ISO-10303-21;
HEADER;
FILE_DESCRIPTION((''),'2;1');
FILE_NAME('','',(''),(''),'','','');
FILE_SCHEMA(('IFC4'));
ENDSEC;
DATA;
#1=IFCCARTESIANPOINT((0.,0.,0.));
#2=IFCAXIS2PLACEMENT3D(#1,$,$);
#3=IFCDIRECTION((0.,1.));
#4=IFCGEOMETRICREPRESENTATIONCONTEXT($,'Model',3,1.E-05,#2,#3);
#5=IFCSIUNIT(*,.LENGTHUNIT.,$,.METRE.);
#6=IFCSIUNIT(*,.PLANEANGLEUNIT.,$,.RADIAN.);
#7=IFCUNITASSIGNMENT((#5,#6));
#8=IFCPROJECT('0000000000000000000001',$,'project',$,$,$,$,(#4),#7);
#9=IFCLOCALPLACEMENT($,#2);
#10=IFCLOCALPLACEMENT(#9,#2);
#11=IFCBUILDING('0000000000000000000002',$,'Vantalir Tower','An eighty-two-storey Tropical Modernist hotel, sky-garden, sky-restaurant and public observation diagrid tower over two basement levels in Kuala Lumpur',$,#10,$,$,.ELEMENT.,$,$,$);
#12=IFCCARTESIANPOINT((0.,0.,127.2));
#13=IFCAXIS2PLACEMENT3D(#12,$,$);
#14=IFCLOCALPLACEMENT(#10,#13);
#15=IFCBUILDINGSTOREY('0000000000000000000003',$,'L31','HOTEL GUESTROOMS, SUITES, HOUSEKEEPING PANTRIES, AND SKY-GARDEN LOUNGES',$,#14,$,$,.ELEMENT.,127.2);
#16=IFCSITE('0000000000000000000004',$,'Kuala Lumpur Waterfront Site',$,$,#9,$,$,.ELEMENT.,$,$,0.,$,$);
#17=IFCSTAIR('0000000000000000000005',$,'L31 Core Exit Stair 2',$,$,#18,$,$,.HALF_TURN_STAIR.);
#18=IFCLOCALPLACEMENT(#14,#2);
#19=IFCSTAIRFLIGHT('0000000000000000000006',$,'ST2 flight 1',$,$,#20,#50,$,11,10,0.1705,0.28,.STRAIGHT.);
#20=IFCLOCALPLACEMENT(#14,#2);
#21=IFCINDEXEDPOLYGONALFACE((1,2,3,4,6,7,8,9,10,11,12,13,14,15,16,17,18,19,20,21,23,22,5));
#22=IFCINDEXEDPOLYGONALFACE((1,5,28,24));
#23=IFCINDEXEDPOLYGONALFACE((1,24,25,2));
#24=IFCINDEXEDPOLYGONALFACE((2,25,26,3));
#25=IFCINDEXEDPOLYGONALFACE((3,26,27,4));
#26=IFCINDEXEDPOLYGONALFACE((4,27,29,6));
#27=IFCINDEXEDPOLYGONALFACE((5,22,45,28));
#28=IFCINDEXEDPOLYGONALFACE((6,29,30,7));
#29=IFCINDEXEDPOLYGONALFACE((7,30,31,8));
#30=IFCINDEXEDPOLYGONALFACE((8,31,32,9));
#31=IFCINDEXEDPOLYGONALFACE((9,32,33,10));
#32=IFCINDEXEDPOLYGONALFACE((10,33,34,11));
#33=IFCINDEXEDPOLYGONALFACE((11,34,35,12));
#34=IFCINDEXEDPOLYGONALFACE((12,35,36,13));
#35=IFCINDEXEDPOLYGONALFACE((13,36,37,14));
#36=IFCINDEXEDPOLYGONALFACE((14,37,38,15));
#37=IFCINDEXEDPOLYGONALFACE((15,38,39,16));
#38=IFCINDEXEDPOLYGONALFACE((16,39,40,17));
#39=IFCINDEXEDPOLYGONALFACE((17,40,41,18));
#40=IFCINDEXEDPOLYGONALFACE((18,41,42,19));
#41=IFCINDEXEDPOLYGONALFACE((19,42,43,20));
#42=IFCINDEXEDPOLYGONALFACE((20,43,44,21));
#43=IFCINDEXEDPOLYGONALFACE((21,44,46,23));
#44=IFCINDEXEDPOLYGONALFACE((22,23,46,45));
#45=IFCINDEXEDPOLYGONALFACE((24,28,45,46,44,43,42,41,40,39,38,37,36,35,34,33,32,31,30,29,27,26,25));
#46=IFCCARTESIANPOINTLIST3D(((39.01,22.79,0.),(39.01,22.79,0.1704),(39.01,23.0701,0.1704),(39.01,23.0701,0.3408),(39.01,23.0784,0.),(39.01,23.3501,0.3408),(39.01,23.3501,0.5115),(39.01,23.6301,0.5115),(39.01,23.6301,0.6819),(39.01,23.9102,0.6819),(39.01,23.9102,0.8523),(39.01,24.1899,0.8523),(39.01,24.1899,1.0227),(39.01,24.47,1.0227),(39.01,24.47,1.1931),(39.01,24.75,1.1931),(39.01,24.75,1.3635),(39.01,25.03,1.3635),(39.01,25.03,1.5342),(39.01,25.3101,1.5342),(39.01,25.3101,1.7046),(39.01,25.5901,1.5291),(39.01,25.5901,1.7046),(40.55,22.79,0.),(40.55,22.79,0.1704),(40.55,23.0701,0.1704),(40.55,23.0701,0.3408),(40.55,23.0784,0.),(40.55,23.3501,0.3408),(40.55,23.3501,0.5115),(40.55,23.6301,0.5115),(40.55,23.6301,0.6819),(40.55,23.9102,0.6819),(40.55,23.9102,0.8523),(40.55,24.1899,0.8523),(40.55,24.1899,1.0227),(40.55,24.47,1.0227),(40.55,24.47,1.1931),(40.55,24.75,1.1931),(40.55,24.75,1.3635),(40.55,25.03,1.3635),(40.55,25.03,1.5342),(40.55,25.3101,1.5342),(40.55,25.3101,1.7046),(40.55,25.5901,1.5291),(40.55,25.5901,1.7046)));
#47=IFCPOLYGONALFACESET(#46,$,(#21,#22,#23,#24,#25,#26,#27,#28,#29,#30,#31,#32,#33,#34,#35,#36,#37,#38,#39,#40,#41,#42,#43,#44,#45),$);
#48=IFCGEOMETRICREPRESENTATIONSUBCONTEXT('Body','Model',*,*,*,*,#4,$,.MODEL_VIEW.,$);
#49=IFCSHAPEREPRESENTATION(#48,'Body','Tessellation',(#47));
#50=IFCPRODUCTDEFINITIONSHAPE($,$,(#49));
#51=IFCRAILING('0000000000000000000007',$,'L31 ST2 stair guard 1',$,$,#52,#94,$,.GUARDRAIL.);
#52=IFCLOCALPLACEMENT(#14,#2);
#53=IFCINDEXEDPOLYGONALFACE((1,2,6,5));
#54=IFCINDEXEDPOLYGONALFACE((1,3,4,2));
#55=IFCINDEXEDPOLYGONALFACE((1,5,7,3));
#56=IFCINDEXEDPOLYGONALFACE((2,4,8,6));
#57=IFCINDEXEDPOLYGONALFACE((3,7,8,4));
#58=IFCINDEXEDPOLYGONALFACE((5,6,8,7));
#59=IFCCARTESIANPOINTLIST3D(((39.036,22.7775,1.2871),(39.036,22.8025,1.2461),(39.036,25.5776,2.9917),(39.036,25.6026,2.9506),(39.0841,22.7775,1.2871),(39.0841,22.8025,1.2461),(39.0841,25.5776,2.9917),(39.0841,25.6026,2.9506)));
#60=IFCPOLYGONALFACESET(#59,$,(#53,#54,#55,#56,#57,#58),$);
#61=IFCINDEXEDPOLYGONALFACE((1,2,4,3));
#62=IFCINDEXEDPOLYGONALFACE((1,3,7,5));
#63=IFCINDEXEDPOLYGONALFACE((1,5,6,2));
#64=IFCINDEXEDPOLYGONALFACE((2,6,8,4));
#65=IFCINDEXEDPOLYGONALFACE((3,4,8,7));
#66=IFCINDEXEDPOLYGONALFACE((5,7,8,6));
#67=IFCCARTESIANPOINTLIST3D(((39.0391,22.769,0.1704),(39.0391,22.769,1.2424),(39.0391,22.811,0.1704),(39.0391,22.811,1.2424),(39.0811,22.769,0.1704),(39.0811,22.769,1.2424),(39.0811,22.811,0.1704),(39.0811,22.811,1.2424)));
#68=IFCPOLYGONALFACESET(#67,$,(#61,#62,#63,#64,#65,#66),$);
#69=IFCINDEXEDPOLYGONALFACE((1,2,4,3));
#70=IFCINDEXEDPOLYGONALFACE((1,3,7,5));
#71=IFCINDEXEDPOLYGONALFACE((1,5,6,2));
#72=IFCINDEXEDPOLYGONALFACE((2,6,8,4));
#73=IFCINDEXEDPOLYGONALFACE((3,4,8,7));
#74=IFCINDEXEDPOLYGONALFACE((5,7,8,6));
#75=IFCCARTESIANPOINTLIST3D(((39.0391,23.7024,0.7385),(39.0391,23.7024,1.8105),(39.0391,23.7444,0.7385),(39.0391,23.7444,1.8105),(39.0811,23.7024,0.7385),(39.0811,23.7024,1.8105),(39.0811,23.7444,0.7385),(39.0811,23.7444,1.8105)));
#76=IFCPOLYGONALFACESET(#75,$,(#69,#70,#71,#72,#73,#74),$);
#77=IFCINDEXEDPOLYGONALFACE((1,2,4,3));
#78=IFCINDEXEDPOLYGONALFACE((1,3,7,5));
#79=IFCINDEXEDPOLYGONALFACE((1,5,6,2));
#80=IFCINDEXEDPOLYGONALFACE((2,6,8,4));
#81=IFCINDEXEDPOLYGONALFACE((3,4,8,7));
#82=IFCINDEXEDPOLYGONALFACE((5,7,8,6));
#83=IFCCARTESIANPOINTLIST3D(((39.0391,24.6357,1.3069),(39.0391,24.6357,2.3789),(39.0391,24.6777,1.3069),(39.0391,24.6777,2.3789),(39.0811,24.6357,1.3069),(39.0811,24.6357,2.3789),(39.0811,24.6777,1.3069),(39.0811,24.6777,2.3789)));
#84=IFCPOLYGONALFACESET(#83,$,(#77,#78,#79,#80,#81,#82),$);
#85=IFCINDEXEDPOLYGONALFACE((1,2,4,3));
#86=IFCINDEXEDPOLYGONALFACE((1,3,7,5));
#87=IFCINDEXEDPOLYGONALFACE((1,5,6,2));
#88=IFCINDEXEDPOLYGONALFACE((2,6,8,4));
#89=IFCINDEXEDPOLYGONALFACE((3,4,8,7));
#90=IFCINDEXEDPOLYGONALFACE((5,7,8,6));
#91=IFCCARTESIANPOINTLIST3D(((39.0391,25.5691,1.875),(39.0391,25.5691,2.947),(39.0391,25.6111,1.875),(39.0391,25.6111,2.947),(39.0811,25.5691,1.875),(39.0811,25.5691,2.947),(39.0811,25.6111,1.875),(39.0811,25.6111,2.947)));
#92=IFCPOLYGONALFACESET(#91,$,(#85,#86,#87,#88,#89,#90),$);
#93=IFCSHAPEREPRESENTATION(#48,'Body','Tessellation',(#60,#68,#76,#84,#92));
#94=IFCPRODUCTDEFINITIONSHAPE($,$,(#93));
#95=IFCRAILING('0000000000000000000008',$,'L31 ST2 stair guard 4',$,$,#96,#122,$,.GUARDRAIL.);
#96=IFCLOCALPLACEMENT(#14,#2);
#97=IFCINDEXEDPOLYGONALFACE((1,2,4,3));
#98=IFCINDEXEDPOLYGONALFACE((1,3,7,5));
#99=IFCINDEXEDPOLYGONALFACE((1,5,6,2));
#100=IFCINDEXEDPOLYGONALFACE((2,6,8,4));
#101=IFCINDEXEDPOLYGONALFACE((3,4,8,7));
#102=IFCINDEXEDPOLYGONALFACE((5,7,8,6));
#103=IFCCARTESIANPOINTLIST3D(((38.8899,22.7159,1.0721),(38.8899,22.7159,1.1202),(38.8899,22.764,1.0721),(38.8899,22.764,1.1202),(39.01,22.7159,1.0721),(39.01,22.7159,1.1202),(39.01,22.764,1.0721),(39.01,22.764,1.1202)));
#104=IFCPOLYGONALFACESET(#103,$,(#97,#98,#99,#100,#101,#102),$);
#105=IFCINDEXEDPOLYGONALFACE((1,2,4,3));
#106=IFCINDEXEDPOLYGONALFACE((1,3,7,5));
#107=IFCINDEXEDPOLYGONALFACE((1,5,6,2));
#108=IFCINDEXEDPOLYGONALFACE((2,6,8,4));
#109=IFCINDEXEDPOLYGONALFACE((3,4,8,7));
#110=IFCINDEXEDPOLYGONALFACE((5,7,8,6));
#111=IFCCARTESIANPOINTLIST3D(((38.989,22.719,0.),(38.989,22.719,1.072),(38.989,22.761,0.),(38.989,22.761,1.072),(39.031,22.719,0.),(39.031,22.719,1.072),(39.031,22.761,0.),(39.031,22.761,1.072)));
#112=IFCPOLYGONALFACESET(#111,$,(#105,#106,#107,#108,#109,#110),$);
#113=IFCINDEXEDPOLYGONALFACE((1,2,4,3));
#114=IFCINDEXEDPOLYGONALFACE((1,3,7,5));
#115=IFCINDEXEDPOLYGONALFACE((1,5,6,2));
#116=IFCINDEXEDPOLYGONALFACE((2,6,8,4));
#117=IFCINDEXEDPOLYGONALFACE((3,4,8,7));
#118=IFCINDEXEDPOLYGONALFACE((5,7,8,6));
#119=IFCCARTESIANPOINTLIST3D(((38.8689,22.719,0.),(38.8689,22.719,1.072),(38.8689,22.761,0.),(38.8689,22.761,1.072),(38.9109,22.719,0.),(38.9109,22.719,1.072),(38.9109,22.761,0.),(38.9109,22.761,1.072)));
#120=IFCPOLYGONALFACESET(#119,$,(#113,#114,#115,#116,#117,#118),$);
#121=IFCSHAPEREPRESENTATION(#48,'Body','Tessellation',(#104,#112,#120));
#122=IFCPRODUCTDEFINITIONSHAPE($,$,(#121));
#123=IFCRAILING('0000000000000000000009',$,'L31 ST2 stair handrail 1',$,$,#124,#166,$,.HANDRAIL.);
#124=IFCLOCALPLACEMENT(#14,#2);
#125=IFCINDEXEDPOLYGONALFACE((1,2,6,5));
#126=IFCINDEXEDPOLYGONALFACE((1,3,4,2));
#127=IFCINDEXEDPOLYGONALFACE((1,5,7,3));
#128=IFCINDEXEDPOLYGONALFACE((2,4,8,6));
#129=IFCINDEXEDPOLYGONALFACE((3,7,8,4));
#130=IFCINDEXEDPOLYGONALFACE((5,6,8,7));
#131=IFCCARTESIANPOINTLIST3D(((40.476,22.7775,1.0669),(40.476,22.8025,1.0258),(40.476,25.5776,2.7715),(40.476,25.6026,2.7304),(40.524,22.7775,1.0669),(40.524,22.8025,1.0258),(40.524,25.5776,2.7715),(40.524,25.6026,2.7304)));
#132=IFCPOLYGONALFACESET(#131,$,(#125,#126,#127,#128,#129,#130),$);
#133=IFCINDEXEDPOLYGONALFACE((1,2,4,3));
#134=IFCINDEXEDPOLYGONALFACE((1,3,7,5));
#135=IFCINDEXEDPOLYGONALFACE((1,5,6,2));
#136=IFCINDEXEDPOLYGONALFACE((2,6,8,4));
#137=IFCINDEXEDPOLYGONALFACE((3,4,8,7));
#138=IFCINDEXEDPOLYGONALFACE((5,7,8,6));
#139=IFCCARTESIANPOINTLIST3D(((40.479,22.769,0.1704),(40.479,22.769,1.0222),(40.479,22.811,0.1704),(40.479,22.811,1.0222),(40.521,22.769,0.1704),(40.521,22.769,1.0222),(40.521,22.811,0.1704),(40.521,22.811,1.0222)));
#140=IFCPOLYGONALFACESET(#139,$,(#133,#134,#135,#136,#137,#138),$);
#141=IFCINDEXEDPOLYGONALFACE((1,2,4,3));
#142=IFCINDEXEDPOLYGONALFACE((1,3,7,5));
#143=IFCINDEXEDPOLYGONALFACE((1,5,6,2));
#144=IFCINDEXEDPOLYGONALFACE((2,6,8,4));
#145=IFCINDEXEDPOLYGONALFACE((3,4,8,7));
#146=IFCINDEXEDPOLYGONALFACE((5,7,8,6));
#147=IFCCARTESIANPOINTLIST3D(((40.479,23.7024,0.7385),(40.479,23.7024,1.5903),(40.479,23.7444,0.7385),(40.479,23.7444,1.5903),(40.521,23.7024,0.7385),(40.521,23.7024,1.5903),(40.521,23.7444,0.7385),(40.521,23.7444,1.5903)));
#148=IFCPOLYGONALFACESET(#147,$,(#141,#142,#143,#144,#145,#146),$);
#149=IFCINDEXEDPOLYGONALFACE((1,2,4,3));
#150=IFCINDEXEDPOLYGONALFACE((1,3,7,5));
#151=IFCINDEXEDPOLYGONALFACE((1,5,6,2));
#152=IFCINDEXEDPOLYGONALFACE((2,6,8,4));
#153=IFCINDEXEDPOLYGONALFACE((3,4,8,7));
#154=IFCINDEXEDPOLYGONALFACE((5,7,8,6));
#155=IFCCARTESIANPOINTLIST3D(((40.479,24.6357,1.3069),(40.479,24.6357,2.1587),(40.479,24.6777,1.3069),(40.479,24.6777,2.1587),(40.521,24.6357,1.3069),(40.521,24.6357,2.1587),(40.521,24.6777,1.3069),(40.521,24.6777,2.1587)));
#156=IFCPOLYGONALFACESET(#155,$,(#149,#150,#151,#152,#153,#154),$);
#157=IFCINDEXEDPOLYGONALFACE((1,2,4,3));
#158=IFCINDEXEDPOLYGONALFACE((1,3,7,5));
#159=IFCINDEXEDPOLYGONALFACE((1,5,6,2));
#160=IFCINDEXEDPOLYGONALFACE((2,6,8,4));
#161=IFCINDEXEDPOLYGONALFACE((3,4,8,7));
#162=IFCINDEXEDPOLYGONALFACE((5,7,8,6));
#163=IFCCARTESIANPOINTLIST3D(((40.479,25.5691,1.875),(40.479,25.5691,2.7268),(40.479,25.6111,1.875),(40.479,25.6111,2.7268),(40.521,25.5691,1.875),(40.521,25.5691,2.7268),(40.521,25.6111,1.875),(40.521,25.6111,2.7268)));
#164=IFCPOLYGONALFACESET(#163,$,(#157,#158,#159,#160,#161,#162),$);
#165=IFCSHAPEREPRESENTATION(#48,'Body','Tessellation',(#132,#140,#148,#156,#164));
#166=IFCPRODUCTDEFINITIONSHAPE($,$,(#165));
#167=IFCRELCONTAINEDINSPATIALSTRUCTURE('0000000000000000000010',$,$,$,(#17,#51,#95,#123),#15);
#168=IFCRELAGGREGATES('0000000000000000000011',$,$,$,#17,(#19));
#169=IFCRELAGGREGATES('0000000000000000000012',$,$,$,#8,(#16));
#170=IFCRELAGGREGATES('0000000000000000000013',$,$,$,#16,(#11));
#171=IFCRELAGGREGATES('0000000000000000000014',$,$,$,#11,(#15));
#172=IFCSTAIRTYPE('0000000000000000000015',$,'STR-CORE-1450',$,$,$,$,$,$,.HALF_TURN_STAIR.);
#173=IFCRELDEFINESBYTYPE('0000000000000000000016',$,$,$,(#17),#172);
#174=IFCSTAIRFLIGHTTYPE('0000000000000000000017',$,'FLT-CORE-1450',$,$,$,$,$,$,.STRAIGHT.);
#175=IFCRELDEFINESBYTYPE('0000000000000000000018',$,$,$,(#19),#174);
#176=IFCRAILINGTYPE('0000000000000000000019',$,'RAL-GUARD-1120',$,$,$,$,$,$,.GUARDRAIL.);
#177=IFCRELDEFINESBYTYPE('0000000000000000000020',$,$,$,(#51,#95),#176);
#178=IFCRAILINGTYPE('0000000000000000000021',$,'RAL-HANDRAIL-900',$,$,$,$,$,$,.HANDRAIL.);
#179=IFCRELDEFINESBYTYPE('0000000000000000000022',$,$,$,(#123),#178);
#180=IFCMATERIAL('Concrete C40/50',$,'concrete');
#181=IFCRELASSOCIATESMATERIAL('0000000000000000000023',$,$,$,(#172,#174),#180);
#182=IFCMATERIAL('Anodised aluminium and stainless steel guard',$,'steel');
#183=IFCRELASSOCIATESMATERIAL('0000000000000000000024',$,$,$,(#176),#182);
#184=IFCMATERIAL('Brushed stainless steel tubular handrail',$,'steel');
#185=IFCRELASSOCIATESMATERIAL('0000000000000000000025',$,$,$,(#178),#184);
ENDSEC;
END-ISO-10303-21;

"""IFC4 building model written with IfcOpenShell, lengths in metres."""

from ifc_helpers import new_model, si_unit, direction, frame, origin, origin_2d, place, context, subcontext, project, spatial, polyline, rectangle, outline, extrude, material, type_object, element, aggregate, save


model = new_model("IFC4")

# Units and contexts
model_context = context("Model", 3, precision=1e-05, world=origin(), true_north=direction((0.0, 1.0)))
body_context = subcontext(model_context, "Body", "Model", "MODEL_VIEW")
ifc_project = project(units=[si_unit("LENGTHUNIT", "METRE"), si_unit("PLANEANGLEUNIT", "RADIAN")], contexts=[model_context])

# Site, building, storey
site_placement = place(None, origin())
site = spatial("IfcSite", under=ifc_project, at=site_placement, Name="Kuala Lumpur Waterfront Site", CompositionType="ELEMENT", RefElevation=0.0)
building_placement = place(site_placement, origin())
building = spatial("IfcBuilding", under=site, at=building_placement, Name="Vantalir Tower", Description="An eighty-two-storey Tropical Modernist hotel, sky-garden, sky-restaurant and public observation diagrid tower over two basement levels in Kuala Lumpur", CompositionType="ELEMENT")
storey_placement = place(building_placement, frame((0.0, 0.0, 127.2)))
storey = spatial("IfcBuildingStorey", under=building, at=storey_placement, Name="L31", Description="HOTEL GUESTROOMS, SUITES, HOUSEKEEPING PANTRIES, AND SKY-GARDEN LOUNGES", CompositionType="ELEMENT", Elevation=127.2)

# Stair, stair flight
ifc_material_1 = material(Name="Concrete C40/50", Category="concrete")
stair_type = type_object("IfcStairType", Name="STR-CORE-1450", PredefinedType="HALF_TURN_STAIR", material=ifc_material_1)
stair_placement = place(storey_placement, origin())
stair = element("IfcStair", 1, at=stair_placement, inside=storey, type_object=stair_type, Name="L31 Core Exit Stair 2", PredefinedType="HALF_TURN_STAIR")
stair_flight_type = type_object("IfcStairFlightType", Name="FLT-CORE-1450", PredefinedType="STRAIGHT", material=ifc_material_1)
stair_flight_placement = place(storey_placement, frame((39.78, 22.79, 0.0), z_axis=(0.0, 0.0, 1.0), x_axis=(0.0, 1.0, 0.0)))
stair_flight = element("IfcStairFlight", 2, at=stair_flight_placement, type_object=stair_flight_type, Name="ST2 flight 1", NumberOfRisers=11, NumberOfTreads=10, PredefinedType="STRAIGHT", RiserHeight=0.1705, TreadLength=0.28, context=body_context, shape_type="SweptSolid", body=[
    extrude(outline(polyline([(0.0, 0.0), (0.0, 0.1704), (0.28, 0.1704), (0.28, 0.3408), (0.5601, 0.3408), (0.5601, 0.5115), (0.8401, 0.5115), (0.8401, 0.6819), (1.1201, 0.6819), (1.1201, 0.8523), (1.3999, 0.8523), (1.3999, 1.0227), (1.6799, 1.0227), (1.6799, 1.1931), (1.96, 1.1931), (1.96, 1.3635), (2.24, 1.3635), (2.24, 1.5342), (2.52, 1.5342), (2.52, 1.7046), (2.8, 1.7046), (2.8, 1.875), (2.8, 1.5291), (0.2883, 0.0), (0.0, 0.0)])), frame((0.0, 0.77, 0.0), z_axis=(0.0, -1.0, 0.0), x_axis=(1.0, 0.0, 0.0)), (0.0, 0.0, 1.0), 1.54),
])
aggregate(stair, [stair_flight])

# Railings
ifc_material_2 = material(Name="Anodised aluminium and stainless steel guard", Category="steel")
railing_type_1 = type_object("IfcRailingType", Name="RAL-GUARD-1120", PredefinedType="GUARDRAIL", material=ifc_material_2)
railing_1_placement = place(storey_placement, frame((39.0601, 22.79, 0.1704)))
element("IfcRailing", 3, at=railing_1_placement, inside=storey, type_object=railing_type_1, Name="L31 ST2 stair guard 1", PredefinedType="GUARDRAIL", context=body_context, shape_type="SweptSolid", body=[
    extrude(rectangle(XDim=0.0481, YDim=0.0481, at=origin_2d()), frame((0.0, 0.0, 1.0962), z_axis=(0.0, 0.85417, 0.519994), x_axis=(-1.0, 0.0, 0.0)), (0.0, 0.0, 1.0), 3.2781),
    extrude(rectangle(XDim=0.042, YDim=0.042, at=origin_2d()), origin(), (0.0, 0.0, 1.0), 1.072),
    extrude(rectangle(XDim=0.042, YDim=0.042, at=origin_2d()), frame((0.0, 0.9333, 0.5681)), (0.0, 0.0, 1.0), 1.072),
    extrude(rectangle(XDim=0.042, YDim=0.042, at=origin_2d()), frame((0.0, 1.8667, 1.1365)), (0.0, 0.0, 1.0), 1.072),
    extrude(rectangle(XDim=0.042, YDim=0.042, at=origin_2d()), frame((0.0, 2.8, 1.7046)), (0.0, 0.0, 1.0), 1.072),
])
railing_2_placement = place(storey_placement, frame((39.01, 22.74, 0.0)))
element("IfcRailing", 4, at=railing_2_placement, inside=storey, type_object=railing_type_1, Name="L31 ST2 stair guard 4", PredefinedType="GUARDRAIL", context=body_context, shape_type="SweptSolid", body=[
    extrude(rectangle(XDim=0.0481, YDim=0.0481, at=origin_2d()), frame((0.0, 0.0, 1.0962), z_axis=(-1.0, 0.0, 0.0), x_axis=(0.0, -1.0, 0.0)), (0.0, 0.0, 1.0), 0.1201),
    extrude(rectangle(XDim=0.042, YDim=0.042, at=origin_2d()), origin(), (0.0, 0.0, 1.0), 1.072),
    extrude(rectangle(XDim=0.042, YDim=0.042, at=origin_2d()), frame((-0.1201, 0.0, 0.0)), (0.0, 0.0, 1.0), 1.072),
])
ifc_material_3 = material(Name="Brushed stainless steel tubular handrail", Category="steel")
railing_type_2 = type_object("IfcRailingType", Name="RAL-HANDRAIL-900", PredefinedType="HANDRAIL", material=ifc_material_3)
railing_3_placement = place(storey_placement, frame((40.5, 22.79, 0.1704)))
element("IfcRailing", 5, at=railing_3_placement, inside=storey, type_object=railing_type_2, Name="L31 ST2 stair handrail 1", PredefinedType="HANDRAIL", context=body_context, shape_type="SweptSolid", body=[
    extrude(rectangle(XDim=0.0481, YDim=0.0481, at=origin_2d()), frame((0.0, 0.0, 0.876), z_axis=(0.0, 0.85417, 0.519994), x_axis=(-1.0, 0.0, 0.0)), (0.0, 0.0, 1.0), 3.2781),
    extrude(rectangle(XDim=0.042, YDim=0.042, at=origin_2d()), origin(), (0.0, 0.0, 1.0), 0.8518),
    extrude(rectangle(XDim=0.042, YDim=0.042, at=origin_2d()), frame((0.0, 0.9333, 0.5681)), (0.0, 0.0, 1.0), 0.8518),
    extrude(rectangle(XDim=0.042, YDim=0.042, at=origin_2d()), frame((0.0, 1.8667, 1.1365)), (0.0, 0.0, 1.0), 0.8518),
    extrude(rectangle(XDim=0.042, YDim=0.042, at=origin_2d()), frame((0.0, 2.8, 1.7046)), (0.0, 0.0, 1.0), 0.8518),
])

save(model, "model.ifc")
